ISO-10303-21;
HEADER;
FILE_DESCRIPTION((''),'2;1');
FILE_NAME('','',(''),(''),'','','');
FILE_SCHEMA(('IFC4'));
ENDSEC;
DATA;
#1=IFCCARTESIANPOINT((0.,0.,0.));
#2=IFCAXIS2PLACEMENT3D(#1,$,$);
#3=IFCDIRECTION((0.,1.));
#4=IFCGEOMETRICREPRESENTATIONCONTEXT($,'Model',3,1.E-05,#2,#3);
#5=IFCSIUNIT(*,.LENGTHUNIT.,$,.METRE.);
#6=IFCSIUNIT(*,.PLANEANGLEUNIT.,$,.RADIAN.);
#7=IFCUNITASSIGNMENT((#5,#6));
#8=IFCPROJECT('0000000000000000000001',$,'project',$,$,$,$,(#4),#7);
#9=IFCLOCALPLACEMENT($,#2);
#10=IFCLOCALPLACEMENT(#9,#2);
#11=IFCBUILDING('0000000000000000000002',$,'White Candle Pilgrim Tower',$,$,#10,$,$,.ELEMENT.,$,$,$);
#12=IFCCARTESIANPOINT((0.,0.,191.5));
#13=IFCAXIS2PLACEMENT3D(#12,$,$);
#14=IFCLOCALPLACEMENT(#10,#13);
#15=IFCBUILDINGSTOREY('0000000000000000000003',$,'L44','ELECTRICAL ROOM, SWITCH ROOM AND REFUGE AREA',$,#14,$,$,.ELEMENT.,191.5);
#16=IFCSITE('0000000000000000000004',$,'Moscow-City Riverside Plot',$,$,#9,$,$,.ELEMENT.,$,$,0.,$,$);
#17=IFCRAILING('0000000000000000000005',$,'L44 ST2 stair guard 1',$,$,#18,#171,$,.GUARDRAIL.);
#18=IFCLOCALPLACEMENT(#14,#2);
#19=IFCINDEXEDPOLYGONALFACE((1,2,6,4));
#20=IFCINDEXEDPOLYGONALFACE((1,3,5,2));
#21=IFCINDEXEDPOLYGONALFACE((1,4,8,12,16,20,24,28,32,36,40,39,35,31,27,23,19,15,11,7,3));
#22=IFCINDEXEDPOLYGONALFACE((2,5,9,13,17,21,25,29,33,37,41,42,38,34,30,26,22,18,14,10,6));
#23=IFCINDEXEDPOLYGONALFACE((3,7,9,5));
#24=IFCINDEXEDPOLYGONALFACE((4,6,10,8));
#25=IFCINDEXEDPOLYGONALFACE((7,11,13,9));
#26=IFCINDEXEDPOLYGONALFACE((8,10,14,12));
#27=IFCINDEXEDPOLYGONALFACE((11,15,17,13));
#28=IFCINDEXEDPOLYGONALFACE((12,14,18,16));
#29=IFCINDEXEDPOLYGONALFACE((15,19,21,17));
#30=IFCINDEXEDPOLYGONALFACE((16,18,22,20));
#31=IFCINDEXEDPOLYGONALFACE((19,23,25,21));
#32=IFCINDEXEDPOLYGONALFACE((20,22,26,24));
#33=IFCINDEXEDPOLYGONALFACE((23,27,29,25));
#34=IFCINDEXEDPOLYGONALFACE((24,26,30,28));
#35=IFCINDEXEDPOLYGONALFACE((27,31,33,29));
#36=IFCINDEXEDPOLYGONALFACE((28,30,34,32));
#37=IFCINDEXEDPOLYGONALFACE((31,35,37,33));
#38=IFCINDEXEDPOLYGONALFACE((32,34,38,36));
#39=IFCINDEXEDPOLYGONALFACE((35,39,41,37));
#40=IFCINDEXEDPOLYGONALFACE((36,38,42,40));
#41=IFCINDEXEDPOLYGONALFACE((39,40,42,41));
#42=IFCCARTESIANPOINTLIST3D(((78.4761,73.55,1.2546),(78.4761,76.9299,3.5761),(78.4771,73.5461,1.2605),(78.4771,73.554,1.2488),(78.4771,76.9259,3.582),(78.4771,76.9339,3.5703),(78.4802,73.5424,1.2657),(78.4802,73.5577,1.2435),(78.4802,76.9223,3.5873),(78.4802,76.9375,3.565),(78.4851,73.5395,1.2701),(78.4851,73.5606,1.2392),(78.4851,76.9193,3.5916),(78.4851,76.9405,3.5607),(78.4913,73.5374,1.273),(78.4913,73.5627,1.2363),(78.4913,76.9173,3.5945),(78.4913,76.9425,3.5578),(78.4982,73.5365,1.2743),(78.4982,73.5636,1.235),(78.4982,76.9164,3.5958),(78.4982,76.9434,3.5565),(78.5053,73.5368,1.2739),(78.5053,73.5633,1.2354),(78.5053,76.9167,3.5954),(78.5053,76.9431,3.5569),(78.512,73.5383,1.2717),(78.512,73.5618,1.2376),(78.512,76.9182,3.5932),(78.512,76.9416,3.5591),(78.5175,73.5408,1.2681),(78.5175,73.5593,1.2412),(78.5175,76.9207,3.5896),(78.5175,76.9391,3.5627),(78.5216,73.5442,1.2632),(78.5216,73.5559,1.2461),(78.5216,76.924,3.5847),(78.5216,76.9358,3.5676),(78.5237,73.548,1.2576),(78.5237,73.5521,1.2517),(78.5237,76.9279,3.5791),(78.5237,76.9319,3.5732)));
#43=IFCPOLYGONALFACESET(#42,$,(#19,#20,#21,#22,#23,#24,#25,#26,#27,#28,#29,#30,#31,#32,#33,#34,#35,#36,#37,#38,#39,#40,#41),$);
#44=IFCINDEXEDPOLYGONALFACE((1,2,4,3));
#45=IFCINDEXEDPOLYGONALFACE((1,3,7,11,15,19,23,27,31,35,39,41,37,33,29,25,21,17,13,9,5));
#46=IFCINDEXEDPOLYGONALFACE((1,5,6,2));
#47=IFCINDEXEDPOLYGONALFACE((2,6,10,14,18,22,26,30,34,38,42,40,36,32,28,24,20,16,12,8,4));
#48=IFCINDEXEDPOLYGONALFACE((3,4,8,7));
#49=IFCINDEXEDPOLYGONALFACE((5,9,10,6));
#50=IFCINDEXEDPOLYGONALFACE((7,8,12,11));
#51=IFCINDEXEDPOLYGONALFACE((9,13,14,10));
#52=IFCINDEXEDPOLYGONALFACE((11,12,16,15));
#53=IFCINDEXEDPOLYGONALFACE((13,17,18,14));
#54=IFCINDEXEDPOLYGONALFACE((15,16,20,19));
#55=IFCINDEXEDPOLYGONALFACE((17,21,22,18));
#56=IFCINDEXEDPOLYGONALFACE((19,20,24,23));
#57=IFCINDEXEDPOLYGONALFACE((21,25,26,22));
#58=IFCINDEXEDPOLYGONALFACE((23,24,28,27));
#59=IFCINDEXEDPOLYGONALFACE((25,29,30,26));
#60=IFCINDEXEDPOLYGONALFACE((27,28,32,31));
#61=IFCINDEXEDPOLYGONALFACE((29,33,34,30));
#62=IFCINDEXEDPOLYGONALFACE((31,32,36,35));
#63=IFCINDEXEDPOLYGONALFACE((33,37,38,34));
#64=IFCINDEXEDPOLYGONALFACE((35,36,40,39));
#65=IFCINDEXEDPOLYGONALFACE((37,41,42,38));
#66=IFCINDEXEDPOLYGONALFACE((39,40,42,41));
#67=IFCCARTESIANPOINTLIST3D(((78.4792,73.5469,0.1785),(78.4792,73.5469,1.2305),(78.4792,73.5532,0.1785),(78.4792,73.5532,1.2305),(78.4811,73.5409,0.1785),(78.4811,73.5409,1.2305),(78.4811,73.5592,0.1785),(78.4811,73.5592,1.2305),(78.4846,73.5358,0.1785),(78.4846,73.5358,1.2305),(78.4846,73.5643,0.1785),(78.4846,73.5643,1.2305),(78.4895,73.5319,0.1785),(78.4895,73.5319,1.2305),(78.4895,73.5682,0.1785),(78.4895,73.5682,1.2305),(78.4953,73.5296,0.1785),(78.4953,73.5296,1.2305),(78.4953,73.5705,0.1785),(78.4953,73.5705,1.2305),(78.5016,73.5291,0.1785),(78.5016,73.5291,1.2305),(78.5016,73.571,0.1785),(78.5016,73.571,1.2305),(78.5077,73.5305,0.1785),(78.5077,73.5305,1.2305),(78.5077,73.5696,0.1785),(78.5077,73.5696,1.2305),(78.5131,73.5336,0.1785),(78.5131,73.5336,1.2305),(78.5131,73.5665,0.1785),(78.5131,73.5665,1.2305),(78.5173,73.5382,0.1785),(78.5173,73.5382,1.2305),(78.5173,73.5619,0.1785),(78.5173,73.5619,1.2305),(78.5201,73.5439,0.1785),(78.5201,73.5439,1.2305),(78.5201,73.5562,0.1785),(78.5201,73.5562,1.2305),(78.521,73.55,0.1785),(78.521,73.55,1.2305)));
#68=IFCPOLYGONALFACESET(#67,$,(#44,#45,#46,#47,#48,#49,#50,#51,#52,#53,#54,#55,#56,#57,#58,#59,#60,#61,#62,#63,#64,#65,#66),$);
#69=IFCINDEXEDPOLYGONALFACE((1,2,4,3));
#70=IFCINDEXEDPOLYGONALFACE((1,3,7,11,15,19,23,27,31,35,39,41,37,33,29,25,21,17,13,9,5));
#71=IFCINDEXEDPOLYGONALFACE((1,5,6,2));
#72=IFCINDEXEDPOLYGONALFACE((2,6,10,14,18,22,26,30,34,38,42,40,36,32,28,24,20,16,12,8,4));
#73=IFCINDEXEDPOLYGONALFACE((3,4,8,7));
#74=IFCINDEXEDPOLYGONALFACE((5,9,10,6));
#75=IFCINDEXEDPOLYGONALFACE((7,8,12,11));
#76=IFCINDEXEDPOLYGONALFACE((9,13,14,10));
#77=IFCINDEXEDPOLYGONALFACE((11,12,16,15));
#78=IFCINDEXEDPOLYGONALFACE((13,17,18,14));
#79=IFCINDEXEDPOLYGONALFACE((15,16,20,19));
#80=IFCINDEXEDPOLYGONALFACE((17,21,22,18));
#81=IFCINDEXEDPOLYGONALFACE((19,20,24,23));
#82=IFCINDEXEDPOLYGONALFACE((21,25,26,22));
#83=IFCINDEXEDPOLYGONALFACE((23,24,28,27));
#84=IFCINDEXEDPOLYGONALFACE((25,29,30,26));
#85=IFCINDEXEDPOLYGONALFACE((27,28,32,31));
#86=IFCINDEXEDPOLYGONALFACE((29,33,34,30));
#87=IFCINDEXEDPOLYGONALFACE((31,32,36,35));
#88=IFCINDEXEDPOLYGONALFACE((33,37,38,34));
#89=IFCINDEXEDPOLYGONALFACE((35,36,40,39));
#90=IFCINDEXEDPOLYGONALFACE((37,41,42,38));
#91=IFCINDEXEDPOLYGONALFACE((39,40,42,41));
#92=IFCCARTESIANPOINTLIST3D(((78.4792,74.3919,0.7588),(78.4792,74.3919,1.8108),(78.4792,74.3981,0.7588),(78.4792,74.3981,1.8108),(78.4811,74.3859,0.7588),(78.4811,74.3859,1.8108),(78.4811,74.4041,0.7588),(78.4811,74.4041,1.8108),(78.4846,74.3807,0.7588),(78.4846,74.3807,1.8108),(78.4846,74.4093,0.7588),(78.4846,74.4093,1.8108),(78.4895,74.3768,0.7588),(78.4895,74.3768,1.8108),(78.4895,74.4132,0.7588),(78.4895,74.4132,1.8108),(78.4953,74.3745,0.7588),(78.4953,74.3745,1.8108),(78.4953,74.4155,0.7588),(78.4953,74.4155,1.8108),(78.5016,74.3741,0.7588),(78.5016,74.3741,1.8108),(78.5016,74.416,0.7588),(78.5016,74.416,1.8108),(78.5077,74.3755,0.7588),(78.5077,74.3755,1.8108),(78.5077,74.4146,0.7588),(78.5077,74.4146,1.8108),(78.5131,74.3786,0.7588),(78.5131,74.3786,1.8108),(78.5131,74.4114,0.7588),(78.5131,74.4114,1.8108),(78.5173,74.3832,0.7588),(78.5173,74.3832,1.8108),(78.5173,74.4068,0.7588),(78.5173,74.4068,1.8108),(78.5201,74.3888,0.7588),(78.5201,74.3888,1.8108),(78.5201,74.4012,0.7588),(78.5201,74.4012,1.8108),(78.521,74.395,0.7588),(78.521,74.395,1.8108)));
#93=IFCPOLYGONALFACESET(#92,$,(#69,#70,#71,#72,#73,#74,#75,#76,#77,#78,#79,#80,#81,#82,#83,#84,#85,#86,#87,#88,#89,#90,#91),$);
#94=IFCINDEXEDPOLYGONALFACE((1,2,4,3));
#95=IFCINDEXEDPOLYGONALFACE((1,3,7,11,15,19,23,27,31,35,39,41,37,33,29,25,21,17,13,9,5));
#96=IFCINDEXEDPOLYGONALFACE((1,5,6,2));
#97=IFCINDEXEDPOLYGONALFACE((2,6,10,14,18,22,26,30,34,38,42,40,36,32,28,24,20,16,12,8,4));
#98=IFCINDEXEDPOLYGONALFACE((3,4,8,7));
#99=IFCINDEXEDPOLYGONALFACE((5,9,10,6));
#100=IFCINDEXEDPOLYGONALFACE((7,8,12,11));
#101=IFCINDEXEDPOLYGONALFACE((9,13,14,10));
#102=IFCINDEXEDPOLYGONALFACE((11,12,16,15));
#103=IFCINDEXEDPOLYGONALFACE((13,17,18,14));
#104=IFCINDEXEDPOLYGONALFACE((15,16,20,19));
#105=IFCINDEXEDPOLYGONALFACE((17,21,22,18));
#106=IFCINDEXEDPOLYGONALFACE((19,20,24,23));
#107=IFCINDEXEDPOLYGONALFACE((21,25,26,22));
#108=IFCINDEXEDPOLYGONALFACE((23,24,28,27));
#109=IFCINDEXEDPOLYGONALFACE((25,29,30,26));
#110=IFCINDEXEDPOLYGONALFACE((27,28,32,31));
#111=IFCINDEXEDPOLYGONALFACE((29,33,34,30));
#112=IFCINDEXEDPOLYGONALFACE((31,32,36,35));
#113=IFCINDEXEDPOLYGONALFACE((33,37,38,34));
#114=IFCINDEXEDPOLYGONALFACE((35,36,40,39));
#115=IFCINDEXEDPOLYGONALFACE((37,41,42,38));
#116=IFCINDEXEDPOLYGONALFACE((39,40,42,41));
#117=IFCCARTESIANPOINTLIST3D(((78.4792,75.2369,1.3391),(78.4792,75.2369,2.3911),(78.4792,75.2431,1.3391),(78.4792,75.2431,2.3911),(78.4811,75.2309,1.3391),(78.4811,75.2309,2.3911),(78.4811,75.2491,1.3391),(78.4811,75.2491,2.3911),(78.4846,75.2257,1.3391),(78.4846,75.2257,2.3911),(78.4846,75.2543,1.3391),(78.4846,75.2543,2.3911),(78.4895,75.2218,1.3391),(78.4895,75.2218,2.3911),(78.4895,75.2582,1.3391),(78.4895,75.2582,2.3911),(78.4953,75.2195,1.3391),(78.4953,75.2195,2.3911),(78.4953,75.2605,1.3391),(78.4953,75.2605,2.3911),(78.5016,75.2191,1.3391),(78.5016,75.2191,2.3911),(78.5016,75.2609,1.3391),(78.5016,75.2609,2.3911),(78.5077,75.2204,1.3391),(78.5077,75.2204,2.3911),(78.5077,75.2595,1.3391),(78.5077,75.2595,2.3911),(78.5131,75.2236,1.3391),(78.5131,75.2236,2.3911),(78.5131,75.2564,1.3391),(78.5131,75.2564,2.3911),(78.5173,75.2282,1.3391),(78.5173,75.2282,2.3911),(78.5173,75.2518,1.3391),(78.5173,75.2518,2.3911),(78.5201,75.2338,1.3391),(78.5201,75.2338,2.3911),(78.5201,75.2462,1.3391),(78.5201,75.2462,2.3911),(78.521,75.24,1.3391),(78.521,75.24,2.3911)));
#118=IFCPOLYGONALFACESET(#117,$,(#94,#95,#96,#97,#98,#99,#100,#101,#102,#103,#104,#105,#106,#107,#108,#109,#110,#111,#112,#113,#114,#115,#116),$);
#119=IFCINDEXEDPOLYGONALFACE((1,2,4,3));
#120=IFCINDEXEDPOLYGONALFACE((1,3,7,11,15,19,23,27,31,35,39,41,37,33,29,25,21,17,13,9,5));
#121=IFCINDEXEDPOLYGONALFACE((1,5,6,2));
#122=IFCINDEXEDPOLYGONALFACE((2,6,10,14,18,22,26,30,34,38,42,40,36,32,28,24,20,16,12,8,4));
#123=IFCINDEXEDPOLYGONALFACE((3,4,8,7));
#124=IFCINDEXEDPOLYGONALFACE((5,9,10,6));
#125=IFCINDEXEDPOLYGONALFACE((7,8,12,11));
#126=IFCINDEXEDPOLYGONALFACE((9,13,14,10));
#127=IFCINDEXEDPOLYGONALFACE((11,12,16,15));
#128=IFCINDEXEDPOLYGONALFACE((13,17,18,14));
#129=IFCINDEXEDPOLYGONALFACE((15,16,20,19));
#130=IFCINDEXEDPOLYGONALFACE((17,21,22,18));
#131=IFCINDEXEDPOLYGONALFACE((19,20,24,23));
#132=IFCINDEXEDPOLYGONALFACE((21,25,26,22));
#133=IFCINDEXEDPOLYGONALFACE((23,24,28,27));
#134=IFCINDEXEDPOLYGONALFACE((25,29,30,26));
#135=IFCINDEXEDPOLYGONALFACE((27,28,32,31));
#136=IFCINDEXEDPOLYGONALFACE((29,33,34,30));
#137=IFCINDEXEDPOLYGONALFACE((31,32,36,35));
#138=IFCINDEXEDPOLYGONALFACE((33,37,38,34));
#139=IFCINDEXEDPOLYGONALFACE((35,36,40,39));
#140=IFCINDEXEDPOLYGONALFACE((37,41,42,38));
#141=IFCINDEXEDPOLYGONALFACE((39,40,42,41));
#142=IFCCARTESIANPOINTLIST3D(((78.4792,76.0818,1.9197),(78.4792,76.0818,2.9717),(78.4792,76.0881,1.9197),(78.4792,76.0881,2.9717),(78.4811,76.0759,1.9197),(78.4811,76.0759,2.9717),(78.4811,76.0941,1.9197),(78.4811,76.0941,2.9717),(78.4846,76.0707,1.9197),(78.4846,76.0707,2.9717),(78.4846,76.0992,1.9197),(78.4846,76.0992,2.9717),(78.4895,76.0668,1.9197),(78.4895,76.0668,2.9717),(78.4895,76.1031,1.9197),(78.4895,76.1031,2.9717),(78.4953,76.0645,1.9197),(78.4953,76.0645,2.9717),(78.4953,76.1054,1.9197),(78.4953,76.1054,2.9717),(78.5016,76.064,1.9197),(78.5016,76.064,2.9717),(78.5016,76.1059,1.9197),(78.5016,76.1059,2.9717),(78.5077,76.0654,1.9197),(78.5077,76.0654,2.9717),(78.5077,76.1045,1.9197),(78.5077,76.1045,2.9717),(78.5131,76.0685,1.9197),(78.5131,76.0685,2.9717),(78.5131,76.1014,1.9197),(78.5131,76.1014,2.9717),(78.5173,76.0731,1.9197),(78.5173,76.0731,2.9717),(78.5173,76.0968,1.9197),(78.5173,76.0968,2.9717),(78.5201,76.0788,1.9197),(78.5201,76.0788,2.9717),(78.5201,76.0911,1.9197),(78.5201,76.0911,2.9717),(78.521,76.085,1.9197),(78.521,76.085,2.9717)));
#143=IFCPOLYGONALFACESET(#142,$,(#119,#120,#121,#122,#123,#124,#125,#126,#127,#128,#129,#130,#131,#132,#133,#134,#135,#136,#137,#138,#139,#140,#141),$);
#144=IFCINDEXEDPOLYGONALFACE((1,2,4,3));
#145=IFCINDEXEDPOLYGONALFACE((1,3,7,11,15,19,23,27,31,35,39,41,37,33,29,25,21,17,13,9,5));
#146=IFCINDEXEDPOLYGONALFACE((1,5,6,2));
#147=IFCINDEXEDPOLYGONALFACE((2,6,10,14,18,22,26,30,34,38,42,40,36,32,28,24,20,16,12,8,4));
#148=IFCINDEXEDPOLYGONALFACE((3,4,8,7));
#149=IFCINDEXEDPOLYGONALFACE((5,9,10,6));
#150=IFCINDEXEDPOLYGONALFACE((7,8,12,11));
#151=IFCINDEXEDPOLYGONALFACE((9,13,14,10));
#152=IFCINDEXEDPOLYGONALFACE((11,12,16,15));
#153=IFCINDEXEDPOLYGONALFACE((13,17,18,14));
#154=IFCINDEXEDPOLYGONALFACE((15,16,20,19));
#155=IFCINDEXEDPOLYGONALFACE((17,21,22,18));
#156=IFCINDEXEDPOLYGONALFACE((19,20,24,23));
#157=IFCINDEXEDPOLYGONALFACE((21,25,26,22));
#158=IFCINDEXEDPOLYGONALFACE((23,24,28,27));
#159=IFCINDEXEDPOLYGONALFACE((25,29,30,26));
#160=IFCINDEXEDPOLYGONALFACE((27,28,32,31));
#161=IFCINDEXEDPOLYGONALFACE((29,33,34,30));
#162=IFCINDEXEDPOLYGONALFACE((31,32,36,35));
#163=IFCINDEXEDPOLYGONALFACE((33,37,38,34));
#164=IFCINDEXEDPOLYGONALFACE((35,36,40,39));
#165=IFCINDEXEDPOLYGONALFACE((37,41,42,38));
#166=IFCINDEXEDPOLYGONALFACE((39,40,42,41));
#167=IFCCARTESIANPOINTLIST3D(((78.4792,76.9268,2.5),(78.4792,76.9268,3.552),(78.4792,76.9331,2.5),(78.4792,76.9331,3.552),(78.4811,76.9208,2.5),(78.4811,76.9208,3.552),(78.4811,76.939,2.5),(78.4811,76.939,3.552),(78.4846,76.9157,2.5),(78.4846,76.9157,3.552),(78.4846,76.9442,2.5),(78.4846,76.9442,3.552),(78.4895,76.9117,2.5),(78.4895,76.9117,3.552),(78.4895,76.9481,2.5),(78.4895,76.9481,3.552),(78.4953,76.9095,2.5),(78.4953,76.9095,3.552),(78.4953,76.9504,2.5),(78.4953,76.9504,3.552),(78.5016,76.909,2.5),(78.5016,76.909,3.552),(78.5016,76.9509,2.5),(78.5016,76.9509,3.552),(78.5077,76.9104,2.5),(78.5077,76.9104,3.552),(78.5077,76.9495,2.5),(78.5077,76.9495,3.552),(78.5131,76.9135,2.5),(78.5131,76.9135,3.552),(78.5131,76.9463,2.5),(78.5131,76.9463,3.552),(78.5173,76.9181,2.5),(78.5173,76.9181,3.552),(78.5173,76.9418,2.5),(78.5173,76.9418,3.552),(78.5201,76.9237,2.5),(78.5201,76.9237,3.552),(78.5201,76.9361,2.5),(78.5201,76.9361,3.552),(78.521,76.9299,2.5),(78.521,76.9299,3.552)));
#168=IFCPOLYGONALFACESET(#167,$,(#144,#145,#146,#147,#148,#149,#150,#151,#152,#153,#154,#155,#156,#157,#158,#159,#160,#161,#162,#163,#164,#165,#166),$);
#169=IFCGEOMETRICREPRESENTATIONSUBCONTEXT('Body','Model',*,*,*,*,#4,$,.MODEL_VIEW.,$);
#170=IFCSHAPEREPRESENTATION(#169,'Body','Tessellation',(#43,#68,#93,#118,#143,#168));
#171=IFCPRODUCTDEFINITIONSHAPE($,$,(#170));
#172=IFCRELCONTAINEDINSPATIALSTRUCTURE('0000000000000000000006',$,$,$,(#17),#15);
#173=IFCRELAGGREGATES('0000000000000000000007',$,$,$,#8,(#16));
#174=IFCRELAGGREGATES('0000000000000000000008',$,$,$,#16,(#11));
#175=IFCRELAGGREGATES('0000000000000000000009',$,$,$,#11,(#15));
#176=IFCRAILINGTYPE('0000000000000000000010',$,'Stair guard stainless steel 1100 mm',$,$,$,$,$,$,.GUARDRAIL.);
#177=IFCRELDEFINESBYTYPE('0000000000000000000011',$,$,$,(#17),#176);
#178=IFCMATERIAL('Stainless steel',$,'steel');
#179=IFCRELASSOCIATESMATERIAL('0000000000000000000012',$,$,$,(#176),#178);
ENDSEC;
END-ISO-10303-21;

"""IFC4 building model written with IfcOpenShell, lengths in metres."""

from ifc_helpers import new_model, si_unit, direction, frame, origin, origin_2d, place, context, subcontext, project, spatial, circle, extrude, material, type_object, element, save


model = new_model("IFC4")

# Units and contexts
model_context = context("Model", 3, precision=1e-05, world=origin(), true_north=direction((0.0, 1.0)))
body_context = subcontext(model_context, "Body", "Model", "MODEL_VIEW")
ifc_project = project(units=[si_unit("LENGTHUNIT", "METRE"), si_unit("PLANEANGLEUNIT", "RADIAN")], contexts=[model_context])

# Site, building, storey
site_placement = place(None, origin())
site = spatial("IfcSite", under=ifc_project, at=site_placement, Name="Moscow-City Riverside Plot", CompositionType="ELEMENT", RefElevation=0.0)
building_placement = place(site_placement, origin())
building = spatial("IfcBuilding", under=site, at=building_placement, Name="White Candle Pilgrim Tower", CompositionType="ELEMENT")
storey_placement = place(building_placement, frame((0.0, 0.0, 191.5)))
storey = spatial("IfcBuildingStorey", under=building, at=storey_placement, Name="L44", Description="ELECTRICAL ROOM, SWITCH ROOM AND REFUGE AREA", CompositionType="ELEMENT", Elevation=191.5)

# Railing
ifc_material_1 = material(Name="Stainless steel", Category="steel")
railing_type_1 = type_object("IfcRailingType", Name="Stair guard stainless steel 1100 mm", PredefinedType="GUARDRAIL", material=ifc_material_1)
railing_1_placement = place(storey_placement, frame((78.5, 73.55, 0.1785)))
element("IfcRailing", 1, at=railing_1_placement, inside=storey, type_object=railing_type_1, Name="L44 ST2 stair guard 1", PredefinedType="GUARDRAIL", context=body_context, shape_type="SweptSolid", body=[
    extrude(circle(Radius=0.0239, at=origin_2d()), frame((0.0, 0.0, 1.0762), z_axis=(0.0, 0.824285, 0.566175), x_axis=(-1.0, 0.0, 0.0)), (0.0, 0.0, 1.0), 4.1003),
    extrude(circle(Radius=0.021, at=origin_2d()), origin(), (0.0, 0.0, 1.0), 1.052),
    extrude(circle(Radius=0.021, at=origin_2d()), frame((0.0, 0.845, 0.5803)), (0.0, 0.0, 1.0), 1.052),
    extrude(circle(Radius=0.021, at=origin_2d()), frame((0.0, 1.6899, 1.1606)), (0.0, 0.0, 1.0), 1.052),
    extrude(circle(Radius=0.021, at=origin_2d()), frame((0.0, 2.5349, 1.7412)), (0.0, 0.0, 1.0), 1.052),
    extrude(circle(Radius=0.021, at=origin_2d()), frame((0.0, 3.3799, 2.3215)), (0.0, 0.0, 1.0), 1.052),
])

save(model, "model.ifc")
